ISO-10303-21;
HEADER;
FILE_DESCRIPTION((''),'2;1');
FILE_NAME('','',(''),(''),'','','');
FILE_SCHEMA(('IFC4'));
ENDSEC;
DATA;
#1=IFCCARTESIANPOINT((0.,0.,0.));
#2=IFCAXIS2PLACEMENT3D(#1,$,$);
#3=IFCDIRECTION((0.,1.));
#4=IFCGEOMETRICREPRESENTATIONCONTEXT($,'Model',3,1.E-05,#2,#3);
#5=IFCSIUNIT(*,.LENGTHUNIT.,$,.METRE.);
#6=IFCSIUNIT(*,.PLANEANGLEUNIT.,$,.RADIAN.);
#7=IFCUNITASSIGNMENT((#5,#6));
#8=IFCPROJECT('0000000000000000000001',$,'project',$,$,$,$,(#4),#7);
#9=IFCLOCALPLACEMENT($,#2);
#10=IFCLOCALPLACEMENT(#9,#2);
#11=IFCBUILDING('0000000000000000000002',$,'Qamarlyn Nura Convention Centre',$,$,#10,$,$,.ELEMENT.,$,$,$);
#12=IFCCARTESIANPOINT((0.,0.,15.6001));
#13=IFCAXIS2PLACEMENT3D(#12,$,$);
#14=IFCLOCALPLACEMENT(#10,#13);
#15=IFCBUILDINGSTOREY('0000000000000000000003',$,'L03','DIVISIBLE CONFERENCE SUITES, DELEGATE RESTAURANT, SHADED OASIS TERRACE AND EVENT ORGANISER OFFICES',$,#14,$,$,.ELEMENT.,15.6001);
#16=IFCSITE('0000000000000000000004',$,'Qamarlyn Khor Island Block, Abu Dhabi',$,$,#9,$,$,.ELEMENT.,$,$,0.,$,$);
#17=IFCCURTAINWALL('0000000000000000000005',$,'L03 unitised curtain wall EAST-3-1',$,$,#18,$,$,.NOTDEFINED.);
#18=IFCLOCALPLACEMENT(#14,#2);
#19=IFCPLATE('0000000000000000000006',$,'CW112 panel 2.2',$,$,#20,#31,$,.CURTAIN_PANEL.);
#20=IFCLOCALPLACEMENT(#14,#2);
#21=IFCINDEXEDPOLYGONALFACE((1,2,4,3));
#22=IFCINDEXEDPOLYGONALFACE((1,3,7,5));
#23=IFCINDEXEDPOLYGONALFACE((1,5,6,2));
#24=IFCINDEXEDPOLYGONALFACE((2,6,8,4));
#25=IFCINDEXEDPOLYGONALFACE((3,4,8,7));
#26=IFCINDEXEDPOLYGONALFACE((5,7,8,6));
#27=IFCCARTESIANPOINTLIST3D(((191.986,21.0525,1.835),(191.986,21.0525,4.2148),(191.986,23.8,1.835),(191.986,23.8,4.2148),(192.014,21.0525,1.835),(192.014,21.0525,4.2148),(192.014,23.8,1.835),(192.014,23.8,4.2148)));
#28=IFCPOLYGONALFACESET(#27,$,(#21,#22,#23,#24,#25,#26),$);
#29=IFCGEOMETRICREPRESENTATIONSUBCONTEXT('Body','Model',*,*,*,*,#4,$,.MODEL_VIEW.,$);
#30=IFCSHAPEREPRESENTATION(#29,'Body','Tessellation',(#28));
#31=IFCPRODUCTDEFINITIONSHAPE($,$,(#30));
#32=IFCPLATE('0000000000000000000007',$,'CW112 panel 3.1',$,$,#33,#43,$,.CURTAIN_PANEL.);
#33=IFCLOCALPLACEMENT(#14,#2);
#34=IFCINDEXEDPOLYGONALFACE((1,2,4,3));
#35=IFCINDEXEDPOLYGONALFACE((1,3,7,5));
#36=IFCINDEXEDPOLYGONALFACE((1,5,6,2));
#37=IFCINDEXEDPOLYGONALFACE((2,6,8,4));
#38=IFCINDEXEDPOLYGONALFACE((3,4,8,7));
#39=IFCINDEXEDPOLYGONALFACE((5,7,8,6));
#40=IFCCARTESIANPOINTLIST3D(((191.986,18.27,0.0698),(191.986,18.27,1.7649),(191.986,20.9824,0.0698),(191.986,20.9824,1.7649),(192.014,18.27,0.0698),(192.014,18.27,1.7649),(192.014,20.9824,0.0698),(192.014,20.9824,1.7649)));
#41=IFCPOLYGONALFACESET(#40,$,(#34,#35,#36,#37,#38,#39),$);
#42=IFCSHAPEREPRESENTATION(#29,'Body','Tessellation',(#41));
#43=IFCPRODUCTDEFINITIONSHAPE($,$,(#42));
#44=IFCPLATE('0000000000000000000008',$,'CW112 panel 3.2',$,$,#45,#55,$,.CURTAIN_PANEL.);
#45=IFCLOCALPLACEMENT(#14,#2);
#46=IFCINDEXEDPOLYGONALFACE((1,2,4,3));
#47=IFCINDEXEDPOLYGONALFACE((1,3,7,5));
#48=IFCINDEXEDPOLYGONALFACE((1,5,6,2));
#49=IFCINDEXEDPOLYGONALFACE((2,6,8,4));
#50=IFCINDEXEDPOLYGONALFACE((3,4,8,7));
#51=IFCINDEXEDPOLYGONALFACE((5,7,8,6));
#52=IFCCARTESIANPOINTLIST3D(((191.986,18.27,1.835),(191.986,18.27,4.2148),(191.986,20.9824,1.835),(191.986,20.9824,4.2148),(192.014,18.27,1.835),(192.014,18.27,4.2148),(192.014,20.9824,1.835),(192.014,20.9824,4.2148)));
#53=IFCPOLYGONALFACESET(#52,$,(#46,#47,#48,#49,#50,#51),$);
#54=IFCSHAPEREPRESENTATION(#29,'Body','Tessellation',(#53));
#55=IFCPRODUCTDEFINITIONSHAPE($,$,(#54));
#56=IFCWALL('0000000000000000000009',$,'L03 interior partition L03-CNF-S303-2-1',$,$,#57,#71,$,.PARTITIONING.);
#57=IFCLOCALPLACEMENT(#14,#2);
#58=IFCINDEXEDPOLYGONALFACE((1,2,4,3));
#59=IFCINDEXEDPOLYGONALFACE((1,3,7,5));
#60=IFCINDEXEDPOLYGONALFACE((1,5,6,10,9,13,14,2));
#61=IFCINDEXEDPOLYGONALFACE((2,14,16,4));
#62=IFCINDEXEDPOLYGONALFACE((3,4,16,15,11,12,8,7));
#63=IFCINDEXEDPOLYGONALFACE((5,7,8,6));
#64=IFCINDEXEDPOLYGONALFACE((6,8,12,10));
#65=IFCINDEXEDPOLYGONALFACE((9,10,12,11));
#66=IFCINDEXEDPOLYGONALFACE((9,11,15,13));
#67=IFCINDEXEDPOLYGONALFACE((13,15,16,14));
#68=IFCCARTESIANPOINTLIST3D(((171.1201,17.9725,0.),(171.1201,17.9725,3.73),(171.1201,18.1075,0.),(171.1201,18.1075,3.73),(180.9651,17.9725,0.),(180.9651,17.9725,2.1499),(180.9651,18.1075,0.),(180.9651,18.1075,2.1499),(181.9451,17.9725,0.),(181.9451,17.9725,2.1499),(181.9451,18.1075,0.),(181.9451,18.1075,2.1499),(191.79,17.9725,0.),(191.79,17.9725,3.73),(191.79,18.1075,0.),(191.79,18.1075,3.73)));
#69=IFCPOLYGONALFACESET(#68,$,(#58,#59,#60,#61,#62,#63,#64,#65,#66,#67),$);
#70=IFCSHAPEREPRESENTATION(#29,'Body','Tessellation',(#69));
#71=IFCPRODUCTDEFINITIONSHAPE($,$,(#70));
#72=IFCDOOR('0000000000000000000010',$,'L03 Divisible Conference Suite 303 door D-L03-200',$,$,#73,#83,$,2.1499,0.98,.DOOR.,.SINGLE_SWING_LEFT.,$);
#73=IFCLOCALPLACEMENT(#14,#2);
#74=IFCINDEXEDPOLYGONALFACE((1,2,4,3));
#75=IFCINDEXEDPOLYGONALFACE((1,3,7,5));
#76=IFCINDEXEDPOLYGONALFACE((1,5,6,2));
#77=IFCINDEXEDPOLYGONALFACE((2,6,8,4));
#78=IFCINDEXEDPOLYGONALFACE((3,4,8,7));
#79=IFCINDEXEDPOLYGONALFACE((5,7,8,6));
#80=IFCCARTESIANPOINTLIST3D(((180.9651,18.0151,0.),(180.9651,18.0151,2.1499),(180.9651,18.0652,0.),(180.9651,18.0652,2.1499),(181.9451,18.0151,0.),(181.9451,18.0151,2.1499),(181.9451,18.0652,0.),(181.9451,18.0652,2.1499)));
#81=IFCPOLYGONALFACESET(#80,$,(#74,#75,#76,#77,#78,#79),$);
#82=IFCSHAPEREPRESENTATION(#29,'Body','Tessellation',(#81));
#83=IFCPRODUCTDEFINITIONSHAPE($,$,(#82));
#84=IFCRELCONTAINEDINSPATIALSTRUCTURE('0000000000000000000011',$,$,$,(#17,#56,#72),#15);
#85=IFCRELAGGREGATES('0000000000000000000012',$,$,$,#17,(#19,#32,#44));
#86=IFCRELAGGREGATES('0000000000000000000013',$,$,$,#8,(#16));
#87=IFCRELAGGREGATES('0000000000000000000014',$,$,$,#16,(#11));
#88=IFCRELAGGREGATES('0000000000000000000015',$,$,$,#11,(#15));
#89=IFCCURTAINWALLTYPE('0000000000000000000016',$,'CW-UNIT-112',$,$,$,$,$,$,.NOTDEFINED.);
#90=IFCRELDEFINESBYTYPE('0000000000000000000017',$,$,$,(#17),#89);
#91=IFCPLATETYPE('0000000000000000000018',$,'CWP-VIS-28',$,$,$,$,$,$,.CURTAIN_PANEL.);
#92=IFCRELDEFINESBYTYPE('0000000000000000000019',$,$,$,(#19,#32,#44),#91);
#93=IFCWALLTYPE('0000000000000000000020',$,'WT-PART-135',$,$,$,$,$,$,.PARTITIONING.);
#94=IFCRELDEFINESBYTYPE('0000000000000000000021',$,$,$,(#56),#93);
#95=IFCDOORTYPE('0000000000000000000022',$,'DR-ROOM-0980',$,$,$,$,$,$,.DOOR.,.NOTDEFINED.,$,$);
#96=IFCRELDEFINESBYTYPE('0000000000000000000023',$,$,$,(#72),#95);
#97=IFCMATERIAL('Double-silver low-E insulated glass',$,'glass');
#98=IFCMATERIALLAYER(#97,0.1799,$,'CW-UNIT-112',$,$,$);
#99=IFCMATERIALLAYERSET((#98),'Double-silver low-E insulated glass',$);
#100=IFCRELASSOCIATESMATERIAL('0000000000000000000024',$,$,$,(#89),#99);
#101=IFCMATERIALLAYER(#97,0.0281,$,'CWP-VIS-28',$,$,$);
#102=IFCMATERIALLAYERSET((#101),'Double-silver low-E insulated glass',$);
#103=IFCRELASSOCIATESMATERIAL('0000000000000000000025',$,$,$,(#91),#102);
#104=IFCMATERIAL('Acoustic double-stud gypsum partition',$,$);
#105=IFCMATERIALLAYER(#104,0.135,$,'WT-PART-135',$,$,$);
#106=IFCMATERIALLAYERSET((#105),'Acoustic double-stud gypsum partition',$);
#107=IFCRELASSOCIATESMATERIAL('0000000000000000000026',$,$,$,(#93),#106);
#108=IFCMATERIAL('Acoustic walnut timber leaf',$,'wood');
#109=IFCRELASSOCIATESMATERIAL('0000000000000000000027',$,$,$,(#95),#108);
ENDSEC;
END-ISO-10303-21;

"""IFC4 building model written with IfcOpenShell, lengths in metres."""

from ifc_helpers import new_model, si_unit, direction, frame, frame_2d, origin, origin_2d, place, context, subcontext, project, spatial, rectangle, extrude, material, layer, layer_set, type_object, element, fill, aggregate, save


model = new_model("IFC4")

# Units and contexts
model_context = context("Model", 3, precision=1e-05, world=origin(), true_north=direction((0.0, 1.0)))
body_context = subcontext(model_context, "Body", "Model", "MODEL_VIEW")
ifc_project = project(units=[si_unit("LENGTHUNIT", "METRE"), si_unit("PLANEANGLEUNIT", "RADIAN")], contexts=[model_context])

# Site, building, storey
site_placement = place(None, origin())
site = spatial("IfcSite", under=ifc_project, at=site_placement, Name="Qamarlyn Khor Island Block, Abu Dhabi", CompositionType="ELEMENT", RefElevation=0.0)
building_placement = place(site_placement, origin())
building = spatial("IfcBuilding", under=site, at=building_placement, Name="Qamarlyn Nura Convention Centre", CompositionType="ELEMENT")
storey_placement = place(building_placement, frame((0.0, 0.0, 15.6001)))
storey = spatial("IfcBuildingStorey", under=building, at=storey_placement, Name="L03", Description="DIVISIBLE CONFERENCE SUITES, DELEGATE RESTAURANT, SHADED OASIS TERRACE AND EVENT ORGANISER OFFICES", CompositionType="ELEMENT", Elevation=15.6001)

# Shared definitions
ifc_material_1 = material(Name="Double-silver low-E insulated glass", Category="glass")

# Curtain wall
ifc_layer_1 = layer(ifc_material_1, 0.1799, Name="CW-UNIT-112")
ifc_layer_set_1 = layer_set([ifc_layer_1], Name="Double-silver low-E insulated glass")
curtain_wall_type_1 = type_object("IfcCurtainWallType", Name="CW-UNIT-112", PredefinedType="NOTDEFINED", material=ifc_layer_set_1)
curtain_wall_1_placement = place(storey_placement, origin())
curtain_wall_1 = element("IfcCurtainWall", 1, at=curtain_wall_1_placement, inside=storey, type_object=curtain_wall_type_1, Name="L03 unitised curtain wall EAST-3-1", PredefinedType="NOTDEFINED")

# Plates
ifc_layer_2 = layer(ifc_material_1, 0.0281, Name="CWP-VIS-28")
ifc_layer_set_2 = layer_set([ifc_layer_2], Name="Double-silver low-E insulated glass")
plate_type = type_object("IfcPlateType", Name="CWP-VIS-28", PredefinedType="CURTAIN_PANEL", material=ifc_layer_set_2)
plate_1_placement = place(storey_placement, frame((192.0, 22.4263, 1.835), z_axis=(0.0, 0.0, 1.0), x_axis=(0.0, -1.0, 0.0)))
plate_1 = element("IfcPlate", 2, at=plate_1_placement, type_object=plate_type, Name="CW112 panel 2.2", PredefinedType="CURTAIN_PANEL", context=body_context, shape_type="SweptSolid", body=[
    extrude(rectangle(XDim=2.7476, YDim=0.0281, at=origin_2d()), origin(), (0.0, 0.0, 1.0), 2.3799),
])
plate_2_placement = place(storey_placement, frame((192.0, 19.6262, 0.0698), z_axis=(0.0, 0.0, 1.0), x_axis=(0.0, -1.0, 0.0)))
plate_2 = element("IfcPlate", 3, at=plate_2_placement, type_object=plate_type, Name="CW112 panel 3.1", PredefinedType="CURTAIN_PANEL", context=body_context, shape_type="SweptSolid", body=[
    extrude(rectangle(XDim=2.7124, YDim=0.0281, at=origin_2d()), origin(), (0.0, 0.0, 1.0), 1.6951),
])
plate_3_placement = place(storey_placement, frame((192.0, 19.6262, 1.835), z_axis=(0.0, 0.0, 1.0), x_axis=(0.0, -1.0, 0.0)))
plate_3 = element("IfcPlate", 4, at=plate_3_placement, type_object=plate_type, Name="CW112 panel 3.2", PredefinedType="CURTAIN_PANEL", context=body_context, shape_type="SweptSolid", body=[
    extrude(rectangle(XDim=2.7124, YDim=0.0281, at=origin_2d()), origin(), (0.0, 0.0, 1.0), 2.3799),
])
aggregate(curtain_wall_1, [plate_1, plate_2, plate_3])

# Wall, opening, door
ifc_material_2 = material(Name="Acoustic double-stud gypsum partition")
ifc_layer_3 = layer(ifc_material_2, 0.135, Name="WT-PART-135")
ifc_layer_set_3 = layer_set([ifc_layer_3], Name="Acoustic double-stud gypsum partition")
wall_type = type_object("IfcWallType", Name="WT-PART-135", PredefinedType="PARTITIONING", material=ifc_layer_set_3)
wall_placement = place(storey_placement, frame((191.79, 18.04, 0.0), z_axis=(0.0, 0.0, 1.0), x_axis=(-1.0, 0.0, 0.0)))
wall = element("IfcWall", 5, at=wall_placement, inside=storey, type_object=wall_type, Name="L03 interior partition L03-CNF-S303-2-1", PredefinedType="PARTITIONING", context=body_context, shape_type="SweptSolid", body=[
    extrude(rectangle(XDim=20.6699, YDim=0.135, at=frame_2d((10.335, 0.0))), origin(), (0.0, 0.0, 1.0), 3.73),
])
opening_placement = place(wall_placement, frame((9.845, 0.0, 0.0)))
opening = element("IfcOpeningElement", 6, at=opening_placement, cuts=wall, PredefinedType="OPENING", context=body_context, shape_type="SweptSolid", body=[
    extrude(rectangle(XDim=0.98, YDim=2.1499, at=frame_2d((0.49, 1.075))), frame((0.0, 0.0776, 0.0), z_axis=(0.0, -1.0, 0.0), x_axis=(1.0, 0.0, 0.0)), (0.0, 0.0, 1.0), 0.155),
])
ifc_material_3 = material(Name="Acoustic walnut timber leaf", Category="wood")
door_type = type_object("IfcDoorType", Name="DR-ROOM-0980", OperationType="NOTDEFINED", PredefinedType="DOOR", material=ifc_material_3)
door_placement = place(opening_placement, origin())
door = element("IfcDoor", 7, at=door_placement, inside=storey, type_object=door_type, Name="L03 Divisible Conference Suite 303 door D-L03-200", OperationType="SINGLE_SWING_LEFT", OverallHeight=2.1499, OverallWidth=0.98, PredefinedType="DOOR", context=body_context, shape_type="SweptSolid", body=[
    extrude(rectangle(XDim=0.98, YDim=2.1499, at=frame_2d((0.49, 1.075))), frame((0.0, 0.0249, 0.0), z_axis=(0.0, -1.0, 0.0), x_axis=(1.0, 0.0, 0.0)), (0.0, 0.0, 1.0), 0.05),
])
fill(opening, door)

save(model, "model.ifc")
